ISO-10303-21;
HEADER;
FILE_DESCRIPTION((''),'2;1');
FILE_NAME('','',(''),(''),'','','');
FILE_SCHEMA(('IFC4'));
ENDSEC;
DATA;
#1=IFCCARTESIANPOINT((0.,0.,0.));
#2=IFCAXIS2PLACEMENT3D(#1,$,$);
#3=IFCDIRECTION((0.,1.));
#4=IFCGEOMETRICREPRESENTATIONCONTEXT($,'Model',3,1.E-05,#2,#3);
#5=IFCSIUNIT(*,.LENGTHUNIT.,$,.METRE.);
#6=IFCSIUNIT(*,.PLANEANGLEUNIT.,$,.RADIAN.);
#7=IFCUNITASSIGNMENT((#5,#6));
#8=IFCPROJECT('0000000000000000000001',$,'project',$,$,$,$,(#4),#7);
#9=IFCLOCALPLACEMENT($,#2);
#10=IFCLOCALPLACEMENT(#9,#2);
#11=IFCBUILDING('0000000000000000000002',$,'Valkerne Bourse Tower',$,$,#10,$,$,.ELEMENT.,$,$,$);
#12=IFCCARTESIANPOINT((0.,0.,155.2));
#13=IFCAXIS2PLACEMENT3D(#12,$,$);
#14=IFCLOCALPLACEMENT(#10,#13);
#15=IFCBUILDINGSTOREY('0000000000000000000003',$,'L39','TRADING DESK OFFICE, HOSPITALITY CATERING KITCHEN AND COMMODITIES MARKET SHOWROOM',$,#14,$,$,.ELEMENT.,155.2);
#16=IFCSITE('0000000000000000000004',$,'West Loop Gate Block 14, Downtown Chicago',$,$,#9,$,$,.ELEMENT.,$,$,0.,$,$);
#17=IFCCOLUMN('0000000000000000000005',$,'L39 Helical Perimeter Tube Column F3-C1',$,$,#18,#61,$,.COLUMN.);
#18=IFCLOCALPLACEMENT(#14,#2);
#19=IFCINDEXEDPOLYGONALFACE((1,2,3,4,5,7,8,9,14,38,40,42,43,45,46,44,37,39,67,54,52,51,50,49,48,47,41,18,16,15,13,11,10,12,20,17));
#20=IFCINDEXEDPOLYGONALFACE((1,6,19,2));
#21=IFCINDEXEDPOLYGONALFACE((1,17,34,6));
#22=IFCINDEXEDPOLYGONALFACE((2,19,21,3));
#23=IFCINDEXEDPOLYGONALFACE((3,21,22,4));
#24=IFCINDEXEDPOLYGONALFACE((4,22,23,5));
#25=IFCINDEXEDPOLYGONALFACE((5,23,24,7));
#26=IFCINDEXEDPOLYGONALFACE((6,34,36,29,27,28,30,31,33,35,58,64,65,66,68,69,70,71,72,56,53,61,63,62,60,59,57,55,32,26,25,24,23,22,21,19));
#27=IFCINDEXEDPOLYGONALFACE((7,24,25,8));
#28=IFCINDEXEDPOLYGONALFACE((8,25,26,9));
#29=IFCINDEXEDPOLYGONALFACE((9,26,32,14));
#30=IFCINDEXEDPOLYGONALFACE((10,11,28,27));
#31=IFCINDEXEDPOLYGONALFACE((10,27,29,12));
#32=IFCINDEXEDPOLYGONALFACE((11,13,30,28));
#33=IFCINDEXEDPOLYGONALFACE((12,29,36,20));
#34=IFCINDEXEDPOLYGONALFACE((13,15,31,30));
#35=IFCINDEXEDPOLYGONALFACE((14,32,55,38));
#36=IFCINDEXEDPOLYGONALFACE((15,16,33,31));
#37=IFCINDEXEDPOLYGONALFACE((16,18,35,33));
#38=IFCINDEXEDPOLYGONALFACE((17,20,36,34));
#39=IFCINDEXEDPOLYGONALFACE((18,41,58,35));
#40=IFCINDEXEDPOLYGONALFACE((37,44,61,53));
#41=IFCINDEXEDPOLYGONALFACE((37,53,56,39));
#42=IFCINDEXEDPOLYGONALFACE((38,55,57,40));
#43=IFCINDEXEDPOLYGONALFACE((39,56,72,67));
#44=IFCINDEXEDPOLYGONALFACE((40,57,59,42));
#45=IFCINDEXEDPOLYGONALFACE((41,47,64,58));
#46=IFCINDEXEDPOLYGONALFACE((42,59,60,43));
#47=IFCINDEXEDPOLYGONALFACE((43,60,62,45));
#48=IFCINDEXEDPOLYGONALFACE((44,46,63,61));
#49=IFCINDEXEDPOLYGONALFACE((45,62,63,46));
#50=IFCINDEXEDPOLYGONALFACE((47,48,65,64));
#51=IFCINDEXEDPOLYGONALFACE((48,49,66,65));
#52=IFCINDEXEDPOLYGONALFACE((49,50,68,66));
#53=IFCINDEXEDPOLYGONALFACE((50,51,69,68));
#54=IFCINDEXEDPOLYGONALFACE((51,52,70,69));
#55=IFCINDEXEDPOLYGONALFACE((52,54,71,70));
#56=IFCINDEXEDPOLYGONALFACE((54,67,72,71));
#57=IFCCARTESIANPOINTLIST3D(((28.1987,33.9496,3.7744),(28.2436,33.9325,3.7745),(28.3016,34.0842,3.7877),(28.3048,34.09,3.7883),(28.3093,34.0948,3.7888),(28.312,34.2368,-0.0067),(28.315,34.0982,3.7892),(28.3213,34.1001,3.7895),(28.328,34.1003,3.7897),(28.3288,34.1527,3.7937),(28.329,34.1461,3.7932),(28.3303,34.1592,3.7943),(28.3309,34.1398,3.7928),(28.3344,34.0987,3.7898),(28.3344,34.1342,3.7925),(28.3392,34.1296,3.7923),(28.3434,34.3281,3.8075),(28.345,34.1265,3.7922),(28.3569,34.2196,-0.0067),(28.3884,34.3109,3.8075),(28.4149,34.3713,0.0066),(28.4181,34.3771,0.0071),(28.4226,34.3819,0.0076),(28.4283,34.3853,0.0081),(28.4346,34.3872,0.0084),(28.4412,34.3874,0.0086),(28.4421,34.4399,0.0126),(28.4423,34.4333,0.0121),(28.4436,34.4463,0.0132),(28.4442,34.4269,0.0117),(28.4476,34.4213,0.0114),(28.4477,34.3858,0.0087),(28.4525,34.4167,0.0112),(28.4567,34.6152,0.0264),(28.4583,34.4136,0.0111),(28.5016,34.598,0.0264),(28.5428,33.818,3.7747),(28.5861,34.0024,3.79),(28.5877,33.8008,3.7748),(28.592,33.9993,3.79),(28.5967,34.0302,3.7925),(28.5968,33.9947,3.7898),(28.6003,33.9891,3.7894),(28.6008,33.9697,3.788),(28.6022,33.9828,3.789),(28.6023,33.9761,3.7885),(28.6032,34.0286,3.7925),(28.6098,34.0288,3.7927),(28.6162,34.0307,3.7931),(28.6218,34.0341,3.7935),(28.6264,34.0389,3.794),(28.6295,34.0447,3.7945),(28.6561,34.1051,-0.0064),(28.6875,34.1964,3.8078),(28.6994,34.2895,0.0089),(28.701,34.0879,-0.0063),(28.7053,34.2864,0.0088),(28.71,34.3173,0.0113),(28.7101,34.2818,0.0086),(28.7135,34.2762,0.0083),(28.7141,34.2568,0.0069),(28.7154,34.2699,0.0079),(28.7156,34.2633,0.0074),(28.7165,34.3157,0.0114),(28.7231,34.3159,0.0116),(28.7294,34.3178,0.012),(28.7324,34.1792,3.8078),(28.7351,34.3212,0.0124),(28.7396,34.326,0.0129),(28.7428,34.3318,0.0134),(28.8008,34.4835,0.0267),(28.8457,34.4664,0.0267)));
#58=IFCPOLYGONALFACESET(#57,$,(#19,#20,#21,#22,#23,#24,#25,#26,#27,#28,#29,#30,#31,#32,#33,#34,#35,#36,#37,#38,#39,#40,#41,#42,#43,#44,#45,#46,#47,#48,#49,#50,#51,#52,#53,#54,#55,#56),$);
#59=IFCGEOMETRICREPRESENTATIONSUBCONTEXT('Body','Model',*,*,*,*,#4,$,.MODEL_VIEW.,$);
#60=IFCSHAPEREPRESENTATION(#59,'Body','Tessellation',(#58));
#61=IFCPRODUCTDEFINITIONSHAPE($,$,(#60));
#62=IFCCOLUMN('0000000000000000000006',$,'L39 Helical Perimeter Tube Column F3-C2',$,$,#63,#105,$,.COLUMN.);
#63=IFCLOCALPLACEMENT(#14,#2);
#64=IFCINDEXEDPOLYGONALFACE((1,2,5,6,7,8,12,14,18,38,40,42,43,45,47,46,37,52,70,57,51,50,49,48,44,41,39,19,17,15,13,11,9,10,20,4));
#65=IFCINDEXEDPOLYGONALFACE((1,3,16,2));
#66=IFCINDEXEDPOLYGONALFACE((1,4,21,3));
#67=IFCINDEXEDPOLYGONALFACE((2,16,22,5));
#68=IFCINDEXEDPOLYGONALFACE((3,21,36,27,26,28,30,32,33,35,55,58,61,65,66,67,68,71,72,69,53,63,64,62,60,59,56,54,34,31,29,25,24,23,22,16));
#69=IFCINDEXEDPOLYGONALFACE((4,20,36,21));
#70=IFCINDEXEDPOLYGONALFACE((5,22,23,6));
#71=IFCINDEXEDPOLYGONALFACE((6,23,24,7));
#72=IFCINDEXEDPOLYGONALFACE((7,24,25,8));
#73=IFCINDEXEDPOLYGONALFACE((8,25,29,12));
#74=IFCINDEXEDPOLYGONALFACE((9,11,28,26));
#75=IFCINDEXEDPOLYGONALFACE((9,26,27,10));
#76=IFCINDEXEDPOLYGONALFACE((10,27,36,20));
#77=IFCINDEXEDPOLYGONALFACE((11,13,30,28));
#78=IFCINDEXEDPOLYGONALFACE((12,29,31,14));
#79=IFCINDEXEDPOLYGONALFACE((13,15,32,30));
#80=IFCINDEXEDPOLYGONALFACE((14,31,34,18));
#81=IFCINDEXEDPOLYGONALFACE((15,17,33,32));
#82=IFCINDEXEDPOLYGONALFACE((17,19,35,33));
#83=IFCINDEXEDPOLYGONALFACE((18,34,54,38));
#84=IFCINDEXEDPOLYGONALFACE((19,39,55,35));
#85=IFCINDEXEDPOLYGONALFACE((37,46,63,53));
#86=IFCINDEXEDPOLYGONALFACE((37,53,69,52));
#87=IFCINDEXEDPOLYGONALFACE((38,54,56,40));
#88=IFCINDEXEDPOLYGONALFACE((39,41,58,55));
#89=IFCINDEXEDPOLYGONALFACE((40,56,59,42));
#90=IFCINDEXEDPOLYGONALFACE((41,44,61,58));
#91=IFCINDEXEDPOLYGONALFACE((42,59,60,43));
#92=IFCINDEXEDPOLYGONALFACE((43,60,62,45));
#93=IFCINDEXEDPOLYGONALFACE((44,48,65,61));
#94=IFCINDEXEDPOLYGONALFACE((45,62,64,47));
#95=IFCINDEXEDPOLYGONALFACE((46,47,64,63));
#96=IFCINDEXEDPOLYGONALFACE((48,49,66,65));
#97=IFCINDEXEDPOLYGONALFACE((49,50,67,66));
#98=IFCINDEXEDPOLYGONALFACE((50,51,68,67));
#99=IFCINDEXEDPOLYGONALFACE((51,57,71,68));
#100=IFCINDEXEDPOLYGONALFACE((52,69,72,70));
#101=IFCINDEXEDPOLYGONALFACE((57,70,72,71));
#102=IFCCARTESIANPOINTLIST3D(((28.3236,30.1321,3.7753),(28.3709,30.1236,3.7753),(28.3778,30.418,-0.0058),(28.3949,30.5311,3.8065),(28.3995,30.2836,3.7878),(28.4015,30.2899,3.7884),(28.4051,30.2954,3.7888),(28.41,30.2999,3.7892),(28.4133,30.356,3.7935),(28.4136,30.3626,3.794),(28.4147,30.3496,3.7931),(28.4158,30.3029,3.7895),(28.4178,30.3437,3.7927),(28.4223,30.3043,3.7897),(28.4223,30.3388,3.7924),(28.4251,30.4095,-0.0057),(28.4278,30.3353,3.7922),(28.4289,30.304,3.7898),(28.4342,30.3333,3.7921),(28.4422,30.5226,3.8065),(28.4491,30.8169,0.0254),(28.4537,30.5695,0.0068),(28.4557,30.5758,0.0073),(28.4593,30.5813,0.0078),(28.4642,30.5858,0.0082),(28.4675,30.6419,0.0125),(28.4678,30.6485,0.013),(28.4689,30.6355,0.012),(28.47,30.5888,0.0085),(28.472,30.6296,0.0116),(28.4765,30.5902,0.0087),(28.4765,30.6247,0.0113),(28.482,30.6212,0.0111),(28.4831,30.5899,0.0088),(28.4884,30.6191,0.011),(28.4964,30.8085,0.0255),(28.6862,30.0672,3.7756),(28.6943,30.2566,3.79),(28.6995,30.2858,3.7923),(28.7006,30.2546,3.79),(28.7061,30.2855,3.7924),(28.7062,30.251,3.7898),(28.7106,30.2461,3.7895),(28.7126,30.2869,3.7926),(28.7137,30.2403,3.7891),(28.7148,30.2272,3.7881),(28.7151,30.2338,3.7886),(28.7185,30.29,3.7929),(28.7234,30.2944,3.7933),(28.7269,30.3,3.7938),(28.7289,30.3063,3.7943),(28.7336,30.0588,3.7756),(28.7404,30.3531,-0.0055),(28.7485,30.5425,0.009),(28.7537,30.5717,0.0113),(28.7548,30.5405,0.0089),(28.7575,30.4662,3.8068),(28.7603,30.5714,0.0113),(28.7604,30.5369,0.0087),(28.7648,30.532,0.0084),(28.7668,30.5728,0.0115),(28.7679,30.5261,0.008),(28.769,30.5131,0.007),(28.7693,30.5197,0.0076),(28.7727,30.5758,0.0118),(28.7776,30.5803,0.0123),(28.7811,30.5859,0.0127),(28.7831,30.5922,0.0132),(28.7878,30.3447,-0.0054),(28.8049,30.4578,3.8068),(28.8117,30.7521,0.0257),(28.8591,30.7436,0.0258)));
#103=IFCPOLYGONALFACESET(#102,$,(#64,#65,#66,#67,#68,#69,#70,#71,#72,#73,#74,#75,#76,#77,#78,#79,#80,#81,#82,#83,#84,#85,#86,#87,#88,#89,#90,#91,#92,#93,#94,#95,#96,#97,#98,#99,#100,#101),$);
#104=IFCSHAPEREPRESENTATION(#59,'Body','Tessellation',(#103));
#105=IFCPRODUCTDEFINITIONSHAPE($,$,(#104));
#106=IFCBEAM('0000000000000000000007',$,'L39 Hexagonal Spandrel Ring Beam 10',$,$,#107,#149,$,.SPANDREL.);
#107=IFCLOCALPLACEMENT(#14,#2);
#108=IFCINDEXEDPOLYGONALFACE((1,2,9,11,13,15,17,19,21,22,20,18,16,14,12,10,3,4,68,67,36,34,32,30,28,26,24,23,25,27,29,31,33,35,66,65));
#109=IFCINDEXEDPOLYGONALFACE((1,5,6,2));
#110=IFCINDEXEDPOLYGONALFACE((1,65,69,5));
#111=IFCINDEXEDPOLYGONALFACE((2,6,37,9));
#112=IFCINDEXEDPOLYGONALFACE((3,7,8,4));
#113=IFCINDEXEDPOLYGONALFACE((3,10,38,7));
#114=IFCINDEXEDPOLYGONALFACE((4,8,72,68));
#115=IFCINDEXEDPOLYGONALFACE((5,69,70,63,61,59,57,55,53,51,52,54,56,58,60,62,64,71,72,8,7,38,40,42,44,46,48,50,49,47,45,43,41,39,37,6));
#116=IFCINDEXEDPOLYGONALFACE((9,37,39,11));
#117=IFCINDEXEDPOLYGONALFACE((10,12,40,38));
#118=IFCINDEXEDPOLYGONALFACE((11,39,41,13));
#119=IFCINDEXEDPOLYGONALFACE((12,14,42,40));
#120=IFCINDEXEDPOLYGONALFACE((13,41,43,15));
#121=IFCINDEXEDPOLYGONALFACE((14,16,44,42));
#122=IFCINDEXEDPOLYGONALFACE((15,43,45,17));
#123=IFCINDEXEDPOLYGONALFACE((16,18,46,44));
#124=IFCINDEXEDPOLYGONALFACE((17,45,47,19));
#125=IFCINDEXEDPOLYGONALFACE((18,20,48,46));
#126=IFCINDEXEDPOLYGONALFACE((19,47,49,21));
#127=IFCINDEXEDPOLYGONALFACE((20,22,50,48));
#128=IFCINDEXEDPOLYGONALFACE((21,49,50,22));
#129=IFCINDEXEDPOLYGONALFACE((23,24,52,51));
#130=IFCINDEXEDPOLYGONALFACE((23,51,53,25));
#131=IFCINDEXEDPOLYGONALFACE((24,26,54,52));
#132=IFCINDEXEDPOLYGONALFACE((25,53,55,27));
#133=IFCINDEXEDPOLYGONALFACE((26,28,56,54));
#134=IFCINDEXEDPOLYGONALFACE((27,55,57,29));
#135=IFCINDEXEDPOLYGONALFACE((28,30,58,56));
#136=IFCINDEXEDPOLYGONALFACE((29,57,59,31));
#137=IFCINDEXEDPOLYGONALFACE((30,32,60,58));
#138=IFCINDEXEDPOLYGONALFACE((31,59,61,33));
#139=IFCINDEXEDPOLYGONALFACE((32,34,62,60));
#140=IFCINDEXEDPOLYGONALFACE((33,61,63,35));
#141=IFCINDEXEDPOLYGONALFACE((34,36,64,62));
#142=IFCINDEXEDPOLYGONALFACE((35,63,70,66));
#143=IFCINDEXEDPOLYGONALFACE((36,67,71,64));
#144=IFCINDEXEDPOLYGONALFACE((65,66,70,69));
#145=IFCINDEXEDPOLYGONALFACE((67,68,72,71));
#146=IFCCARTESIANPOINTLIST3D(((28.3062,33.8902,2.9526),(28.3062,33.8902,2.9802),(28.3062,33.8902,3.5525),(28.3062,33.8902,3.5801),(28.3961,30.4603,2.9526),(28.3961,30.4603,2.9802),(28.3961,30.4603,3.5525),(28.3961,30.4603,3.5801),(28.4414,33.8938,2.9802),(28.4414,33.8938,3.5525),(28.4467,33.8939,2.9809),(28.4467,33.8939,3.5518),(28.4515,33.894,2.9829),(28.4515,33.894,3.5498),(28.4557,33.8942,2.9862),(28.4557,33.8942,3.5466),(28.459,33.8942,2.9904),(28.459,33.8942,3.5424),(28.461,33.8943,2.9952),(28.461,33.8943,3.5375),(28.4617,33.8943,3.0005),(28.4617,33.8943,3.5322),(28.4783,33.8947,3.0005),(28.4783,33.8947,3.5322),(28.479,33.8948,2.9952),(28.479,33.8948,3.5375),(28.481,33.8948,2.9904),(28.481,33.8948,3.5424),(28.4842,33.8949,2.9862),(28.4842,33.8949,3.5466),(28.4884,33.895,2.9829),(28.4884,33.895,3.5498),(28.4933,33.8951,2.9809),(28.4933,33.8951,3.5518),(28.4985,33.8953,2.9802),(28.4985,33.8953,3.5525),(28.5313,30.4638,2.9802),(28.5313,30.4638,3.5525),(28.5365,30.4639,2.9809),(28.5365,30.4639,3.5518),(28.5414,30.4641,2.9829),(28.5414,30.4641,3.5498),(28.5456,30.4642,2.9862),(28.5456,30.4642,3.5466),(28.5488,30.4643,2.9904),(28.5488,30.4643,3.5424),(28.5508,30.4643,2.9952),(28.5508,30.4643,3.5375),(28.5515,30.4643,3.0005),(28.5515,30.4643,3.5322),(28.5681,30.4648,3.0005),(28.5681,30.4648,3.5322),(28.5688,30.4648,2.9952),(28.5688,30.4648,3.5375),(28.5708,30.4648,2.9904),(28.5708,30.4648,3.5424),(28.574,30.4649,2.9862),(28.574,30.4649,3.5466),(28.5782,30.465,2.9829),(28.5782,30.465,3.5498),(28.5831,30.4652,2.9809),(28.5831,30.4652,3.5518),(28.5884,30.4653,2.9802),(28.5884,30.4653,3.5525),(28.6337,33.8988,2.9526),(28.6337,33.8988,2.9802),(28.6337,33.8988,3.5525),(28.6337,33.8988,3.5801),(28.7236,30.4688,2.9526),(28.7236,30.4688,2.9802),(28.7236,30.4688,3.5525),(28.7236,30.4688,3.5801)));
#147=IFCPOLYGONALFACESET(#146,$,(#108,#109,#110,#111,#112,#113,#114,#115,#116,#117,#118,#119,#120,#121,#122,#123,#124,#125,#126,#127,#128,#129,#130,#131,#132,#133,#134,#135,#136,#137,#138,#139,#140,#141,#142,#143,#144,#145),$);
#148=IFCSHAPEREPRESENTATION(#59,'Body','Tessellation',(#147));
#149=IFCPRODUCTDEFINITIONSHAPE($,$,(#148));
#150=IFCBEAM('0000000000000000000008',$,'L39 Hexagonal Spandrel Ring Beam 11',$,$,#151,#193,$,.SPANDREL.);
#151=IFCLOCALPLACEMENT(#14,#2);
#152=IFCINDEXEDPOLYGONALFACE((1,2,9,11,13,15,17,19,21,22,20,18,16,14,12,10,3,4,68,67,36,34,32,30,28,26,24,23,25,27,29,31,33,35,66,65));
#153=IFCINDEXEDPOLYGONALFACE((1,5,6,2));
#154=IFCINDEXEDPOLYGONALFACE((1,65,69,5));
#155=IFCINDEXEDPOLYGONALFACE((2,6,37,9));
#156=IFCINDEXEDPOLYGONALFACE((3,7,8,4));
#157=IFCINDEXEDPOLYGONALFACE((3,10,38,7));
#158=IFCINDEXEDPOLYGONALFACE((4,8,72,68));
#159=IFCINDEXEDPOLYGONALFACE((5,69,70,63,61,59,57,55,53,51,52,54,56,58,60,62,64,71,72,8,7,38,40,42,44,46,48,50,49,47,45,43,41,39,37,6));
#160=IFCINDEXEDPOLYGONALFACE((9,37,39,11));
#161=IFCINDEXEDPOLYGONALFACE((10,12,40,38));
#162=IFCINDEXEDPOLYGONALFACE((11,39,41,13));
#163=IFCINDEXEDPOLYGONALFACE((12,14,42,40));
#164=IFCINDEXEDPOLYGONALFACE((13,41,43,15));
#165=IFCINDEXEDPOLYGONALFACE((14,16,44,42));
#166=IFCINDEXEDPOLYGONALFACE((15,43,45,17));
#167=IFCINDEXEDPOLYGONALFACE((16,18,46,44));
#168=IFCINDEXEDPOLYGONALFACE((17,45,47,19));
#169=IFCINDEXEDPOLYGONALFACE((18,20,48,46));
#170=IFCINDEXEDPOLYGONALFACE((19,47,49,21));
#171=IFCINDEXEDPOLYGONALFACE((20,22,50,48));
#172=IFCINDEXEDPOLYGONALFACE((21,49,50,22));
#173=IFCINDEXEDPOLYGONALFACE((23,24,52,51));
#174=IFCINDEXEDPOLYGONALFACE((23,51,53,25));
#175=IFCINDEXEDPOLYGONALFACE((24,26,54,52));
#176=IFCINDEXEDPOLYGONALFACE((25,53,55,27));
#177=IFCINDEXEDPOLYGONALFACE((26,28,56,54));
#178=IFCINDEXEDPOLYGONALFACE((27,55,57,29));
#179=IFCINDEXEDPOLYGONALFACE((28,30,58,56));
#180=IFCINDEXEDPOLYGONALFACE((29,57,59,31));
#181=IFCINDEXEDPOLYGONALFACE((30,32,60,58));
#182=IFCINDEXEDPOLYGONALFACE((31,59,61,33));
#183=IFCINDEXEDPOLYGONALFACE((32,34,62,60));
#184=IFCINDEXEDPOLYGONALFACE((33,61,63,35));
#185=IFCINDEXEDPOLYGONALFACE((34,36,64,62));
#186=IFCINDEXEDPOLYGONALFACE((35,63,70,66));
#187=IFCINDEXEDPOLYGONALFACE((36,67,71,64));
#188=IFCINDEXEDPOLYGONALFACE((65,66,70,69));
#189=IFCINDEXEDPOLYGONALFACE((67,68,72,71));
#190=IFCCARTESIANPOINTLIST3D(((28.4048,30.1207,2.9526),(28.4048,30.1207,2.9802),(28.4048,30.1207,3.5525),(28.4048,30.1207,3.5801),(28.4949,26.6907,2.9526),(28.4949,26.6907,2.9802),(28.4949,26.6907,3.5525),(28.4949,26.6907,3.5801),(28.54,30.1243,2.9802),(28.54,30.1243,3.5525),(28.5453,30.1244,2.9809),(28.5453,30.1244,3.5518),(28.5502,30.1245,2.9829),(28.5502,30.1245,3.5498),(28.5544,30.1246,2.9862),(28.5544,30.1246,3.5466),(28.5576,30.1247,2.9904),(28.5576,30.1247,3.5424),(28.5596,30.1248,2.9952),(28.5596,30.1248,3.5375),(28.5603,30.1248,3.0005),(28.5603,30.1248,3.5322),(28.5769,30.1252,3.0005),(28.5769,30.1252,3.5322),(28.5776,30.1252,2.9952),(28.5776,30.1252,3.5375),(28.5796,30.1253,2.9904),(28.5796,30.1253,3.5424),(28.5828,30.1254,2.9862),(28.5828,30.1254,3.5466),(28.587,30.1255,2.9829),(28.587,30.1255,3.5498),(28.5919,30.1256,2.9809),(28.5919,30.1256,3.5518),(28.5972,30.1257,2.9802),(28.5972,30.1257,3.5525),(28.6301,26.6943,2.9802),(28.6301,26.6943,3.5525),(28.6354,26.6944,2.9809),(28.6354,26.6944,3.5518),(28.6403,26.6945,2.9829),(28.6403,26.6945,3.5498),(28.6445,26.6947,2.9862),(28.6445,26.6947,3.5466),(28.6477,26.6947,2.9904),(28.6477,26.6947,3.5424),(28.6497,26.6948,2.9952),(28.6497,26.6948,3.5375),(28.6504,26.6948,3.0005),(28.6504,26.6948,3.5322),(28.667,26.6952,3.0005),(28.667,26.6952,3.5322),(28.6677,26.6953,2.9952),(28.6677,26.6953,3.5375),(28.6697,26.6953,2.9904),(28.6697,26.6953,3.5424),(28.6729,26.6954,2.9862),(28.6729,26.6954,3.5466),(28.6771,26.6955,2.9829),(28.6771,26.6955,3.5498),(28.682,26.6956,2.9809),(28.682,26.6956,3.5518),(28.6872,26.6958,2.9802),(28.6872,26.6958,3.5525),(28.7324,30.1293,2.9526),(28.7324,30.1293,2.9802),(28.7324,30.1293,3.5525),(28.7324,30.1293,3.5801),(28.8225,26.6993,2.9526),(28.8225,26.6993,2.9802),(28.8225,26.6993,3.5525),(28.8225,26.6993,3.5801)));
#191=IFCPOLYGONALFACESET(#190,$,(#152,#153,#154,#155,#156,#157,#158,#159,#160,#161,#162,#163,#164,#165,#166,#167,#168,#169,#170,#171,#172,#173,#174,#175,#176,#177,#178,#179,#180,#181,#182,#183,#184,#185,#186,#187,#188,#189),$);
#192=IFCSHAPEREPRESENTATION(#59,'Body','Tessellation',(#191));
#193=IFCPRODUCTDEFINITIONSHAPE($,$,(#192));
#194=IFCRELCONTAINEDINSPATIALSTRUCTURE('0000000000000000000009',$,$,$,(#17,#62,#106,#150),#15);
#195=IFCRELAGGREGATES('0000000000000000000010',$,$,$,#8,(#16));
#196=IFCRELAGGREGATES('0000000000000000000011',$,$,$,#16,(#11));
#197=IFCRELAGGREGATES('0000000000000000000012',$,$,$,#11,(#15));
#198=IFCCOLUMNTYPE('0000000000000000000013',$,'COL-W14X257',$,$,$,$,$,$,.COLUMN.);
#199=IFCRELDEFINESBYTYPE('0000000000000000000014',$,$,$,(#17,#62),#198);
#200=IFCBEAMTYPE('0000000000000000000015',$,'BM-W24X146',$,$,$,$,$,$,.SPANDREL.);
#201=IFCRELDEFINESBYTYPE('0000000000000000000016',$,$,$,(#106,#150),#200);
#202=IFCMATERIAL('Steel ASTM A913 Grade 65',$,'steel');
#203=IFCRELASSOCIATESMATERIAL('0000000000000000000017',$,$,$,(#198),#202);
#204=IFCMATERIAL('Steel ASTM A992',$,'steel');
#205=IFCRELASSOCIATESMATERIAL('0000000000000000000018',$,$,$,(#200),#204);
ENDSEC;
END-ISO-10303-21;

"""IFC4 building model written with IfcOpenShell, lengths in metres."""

from ifc_helpers import new_model, si_unit, direction, frame, origin, origin_2d, place, context, subcontext, project, spatial, i_section, extrude, material, material_profile, profile_set, type_object, element, save


model = new_model("IFC4")

# Units and contexts
model_context = context("Model", 3, precision=1e-05, world=origin(), true_north=direction((0.0, 1.0)))
body_context = subcontext(model_context, "Body", "Model", "MODEL_VIEW")
ifc_project = project(units=[si_unit("LENGTHUNIT", "METRE"), si_unit("PLANEANGLEUNIT", "RADIAN")], contexts=[model_context])

# Site, building, storey
site_placement = place(None, origin())
site = spatial("IfcSite", under=ifc_project, at=site_placement, Name="West Loop Gate Block 14, Downtown Chicago", CompositionType="ELEMENT", RefElevation=0.0)
building_placement = place(site_placement, origin())
building = spatial("IfcBuilding", under=site, at=building_placement, Name="Valkerne Bourse Tower", CompositionType="ELEMENT")
storey_placement = place(building_placement, frame((0.0, 0.0, 155.2)))
storey = spatial("IfcBuildingStorey", under=building, at=storey_placement, Name="L39", Description="TRADING DESK OFFICE, HOSPITALITY CATERING KITCHEN AND COMMODITIES MARKET SHOWROOM", CompositionType="ELEMENT", Elevation=155.2)

# Columns
ifc_material_1 = material(Name="Steel ASTM A913 Grade 65", Category="steel")
ifc_material_profile_1 = material_profile(ifc_material_1, i_section(OverallWidth=0.4065, OverallDepth=0.4165, WebThickness=0.0298, FlangeThickness=0.0481, FilletRadius=0.0254, at=origin_2d()), Name="W14X257")
ifc_profile_set_1 = profile_set([ifc_material_profile_1], Name="Steel ASTM A913 Grade 65")
column_type = type_object("IfcColumnType", Name="COL-W14X257", PredefinedType="COLUMN", material=ifc_profile_set_1)
column_1_placement = place(storey_placement, frame((28.5789, 34.3516, 0.01), z_axis=(-0.029861, -0.075683, 0.996685), x_axis=(-0.356045, -0.930921, -0.081356)))
element("IfcColumn", 1, at=column_1_placement, inside=storey, type_object=column_type, Name="L39 Helical Perimeter Tube Column F3-C1", PredefinedType="COLUMN", context=body_context, shape_type="SweptSolid", body=[
    extrude(i_section(OverallWidth=0.4065, OverallDepth=0.4165, WebThickness=0.0298, FlangeThickness=0.0481, FilletRadius=0.0254, at=origin_2d()), origin(), (0.0, 0.0, 1.0), 3.7937),
])
column_2_placement = place(storey_placement, frame((28.6184, 30.5808, 0.01), z_axis=(-0.014292, -0.075389, 0.997052), x_axis=(-0.175416, -0.9815, -0.076727)))
element("IfcColumn", 2, at=column_2_placement, inside=storey, type_object=column_type, Name="L39 Helical Perimeter Tube Column F3-C2", PredefinedType="COLUMN", context=body_context, shape_type="SweptSolid", body=[
    extrude(i_section(OverallWidth=0.4065, OverallDepth=0.4165, WebThickness=0.0298, FlangeThickness=0.0481, FilletRadius=0.0254, at=origin_2d()), origin(), (0.0, 0.0, 1.0), 3.7922),
])

# Beams
ifc_material_2 = material(Name="Steel ASTM A992", Category="steel")
ifc_material_profile_2 = material_profile(ifc_material_2, i_section(OverallWidth=0.3276, OverallDepth=0.6274, WebThickness=0.0166, FlangeThickness=0.0276, FilletRadius=0.0203, at=origin_2d()), Name="W24X146")
ifc_profile_set_2 = profile_set([ifc_material_profile_2], Name="Steel ASTM A992")
beam_type_1 = type_object("IfcBeamType", Name="BM-W24X146", PredefinedType="SPANDREL", material=ifc_profile_set_2)
for number, where, z_axis, x_axis, name in (
    (3, (28.47, 33.8945, 3.2664), (0.026185, -0.999657, 0.0), (0.999657, 0.026185, 0.0), "L39 Hexagonal Spandrel Ring Beam 10"),
    (4, (28.5686, 30.125, 3.2664), (0.026256, -0.999655, 0.0), (0.999655, 0.026256, 0.0), "L39 Hexagonal Spandrel Ring Beam 11"),
):
    element("IfcBeam", number, at=place(storey_placement, frame(where, z_axis=z_axis, x_axis=x_axis)), inside=storey, type_object=beam_type_1, Name=name, PredefinedType="SPANDREL", context=body_context, shape_type="SweptSolid", body=[
        extrude(i_section(OverallWidth=0.3276, OverallDepth=0.6274, WebThickness=0.0166, FlangeThickness=0.0276, FilletRadius=0.0203, at=origin_2d()), origin(), (0.0, 0.0, 1.0), 3.4312),
    ])

save(model, "model.ifc")
